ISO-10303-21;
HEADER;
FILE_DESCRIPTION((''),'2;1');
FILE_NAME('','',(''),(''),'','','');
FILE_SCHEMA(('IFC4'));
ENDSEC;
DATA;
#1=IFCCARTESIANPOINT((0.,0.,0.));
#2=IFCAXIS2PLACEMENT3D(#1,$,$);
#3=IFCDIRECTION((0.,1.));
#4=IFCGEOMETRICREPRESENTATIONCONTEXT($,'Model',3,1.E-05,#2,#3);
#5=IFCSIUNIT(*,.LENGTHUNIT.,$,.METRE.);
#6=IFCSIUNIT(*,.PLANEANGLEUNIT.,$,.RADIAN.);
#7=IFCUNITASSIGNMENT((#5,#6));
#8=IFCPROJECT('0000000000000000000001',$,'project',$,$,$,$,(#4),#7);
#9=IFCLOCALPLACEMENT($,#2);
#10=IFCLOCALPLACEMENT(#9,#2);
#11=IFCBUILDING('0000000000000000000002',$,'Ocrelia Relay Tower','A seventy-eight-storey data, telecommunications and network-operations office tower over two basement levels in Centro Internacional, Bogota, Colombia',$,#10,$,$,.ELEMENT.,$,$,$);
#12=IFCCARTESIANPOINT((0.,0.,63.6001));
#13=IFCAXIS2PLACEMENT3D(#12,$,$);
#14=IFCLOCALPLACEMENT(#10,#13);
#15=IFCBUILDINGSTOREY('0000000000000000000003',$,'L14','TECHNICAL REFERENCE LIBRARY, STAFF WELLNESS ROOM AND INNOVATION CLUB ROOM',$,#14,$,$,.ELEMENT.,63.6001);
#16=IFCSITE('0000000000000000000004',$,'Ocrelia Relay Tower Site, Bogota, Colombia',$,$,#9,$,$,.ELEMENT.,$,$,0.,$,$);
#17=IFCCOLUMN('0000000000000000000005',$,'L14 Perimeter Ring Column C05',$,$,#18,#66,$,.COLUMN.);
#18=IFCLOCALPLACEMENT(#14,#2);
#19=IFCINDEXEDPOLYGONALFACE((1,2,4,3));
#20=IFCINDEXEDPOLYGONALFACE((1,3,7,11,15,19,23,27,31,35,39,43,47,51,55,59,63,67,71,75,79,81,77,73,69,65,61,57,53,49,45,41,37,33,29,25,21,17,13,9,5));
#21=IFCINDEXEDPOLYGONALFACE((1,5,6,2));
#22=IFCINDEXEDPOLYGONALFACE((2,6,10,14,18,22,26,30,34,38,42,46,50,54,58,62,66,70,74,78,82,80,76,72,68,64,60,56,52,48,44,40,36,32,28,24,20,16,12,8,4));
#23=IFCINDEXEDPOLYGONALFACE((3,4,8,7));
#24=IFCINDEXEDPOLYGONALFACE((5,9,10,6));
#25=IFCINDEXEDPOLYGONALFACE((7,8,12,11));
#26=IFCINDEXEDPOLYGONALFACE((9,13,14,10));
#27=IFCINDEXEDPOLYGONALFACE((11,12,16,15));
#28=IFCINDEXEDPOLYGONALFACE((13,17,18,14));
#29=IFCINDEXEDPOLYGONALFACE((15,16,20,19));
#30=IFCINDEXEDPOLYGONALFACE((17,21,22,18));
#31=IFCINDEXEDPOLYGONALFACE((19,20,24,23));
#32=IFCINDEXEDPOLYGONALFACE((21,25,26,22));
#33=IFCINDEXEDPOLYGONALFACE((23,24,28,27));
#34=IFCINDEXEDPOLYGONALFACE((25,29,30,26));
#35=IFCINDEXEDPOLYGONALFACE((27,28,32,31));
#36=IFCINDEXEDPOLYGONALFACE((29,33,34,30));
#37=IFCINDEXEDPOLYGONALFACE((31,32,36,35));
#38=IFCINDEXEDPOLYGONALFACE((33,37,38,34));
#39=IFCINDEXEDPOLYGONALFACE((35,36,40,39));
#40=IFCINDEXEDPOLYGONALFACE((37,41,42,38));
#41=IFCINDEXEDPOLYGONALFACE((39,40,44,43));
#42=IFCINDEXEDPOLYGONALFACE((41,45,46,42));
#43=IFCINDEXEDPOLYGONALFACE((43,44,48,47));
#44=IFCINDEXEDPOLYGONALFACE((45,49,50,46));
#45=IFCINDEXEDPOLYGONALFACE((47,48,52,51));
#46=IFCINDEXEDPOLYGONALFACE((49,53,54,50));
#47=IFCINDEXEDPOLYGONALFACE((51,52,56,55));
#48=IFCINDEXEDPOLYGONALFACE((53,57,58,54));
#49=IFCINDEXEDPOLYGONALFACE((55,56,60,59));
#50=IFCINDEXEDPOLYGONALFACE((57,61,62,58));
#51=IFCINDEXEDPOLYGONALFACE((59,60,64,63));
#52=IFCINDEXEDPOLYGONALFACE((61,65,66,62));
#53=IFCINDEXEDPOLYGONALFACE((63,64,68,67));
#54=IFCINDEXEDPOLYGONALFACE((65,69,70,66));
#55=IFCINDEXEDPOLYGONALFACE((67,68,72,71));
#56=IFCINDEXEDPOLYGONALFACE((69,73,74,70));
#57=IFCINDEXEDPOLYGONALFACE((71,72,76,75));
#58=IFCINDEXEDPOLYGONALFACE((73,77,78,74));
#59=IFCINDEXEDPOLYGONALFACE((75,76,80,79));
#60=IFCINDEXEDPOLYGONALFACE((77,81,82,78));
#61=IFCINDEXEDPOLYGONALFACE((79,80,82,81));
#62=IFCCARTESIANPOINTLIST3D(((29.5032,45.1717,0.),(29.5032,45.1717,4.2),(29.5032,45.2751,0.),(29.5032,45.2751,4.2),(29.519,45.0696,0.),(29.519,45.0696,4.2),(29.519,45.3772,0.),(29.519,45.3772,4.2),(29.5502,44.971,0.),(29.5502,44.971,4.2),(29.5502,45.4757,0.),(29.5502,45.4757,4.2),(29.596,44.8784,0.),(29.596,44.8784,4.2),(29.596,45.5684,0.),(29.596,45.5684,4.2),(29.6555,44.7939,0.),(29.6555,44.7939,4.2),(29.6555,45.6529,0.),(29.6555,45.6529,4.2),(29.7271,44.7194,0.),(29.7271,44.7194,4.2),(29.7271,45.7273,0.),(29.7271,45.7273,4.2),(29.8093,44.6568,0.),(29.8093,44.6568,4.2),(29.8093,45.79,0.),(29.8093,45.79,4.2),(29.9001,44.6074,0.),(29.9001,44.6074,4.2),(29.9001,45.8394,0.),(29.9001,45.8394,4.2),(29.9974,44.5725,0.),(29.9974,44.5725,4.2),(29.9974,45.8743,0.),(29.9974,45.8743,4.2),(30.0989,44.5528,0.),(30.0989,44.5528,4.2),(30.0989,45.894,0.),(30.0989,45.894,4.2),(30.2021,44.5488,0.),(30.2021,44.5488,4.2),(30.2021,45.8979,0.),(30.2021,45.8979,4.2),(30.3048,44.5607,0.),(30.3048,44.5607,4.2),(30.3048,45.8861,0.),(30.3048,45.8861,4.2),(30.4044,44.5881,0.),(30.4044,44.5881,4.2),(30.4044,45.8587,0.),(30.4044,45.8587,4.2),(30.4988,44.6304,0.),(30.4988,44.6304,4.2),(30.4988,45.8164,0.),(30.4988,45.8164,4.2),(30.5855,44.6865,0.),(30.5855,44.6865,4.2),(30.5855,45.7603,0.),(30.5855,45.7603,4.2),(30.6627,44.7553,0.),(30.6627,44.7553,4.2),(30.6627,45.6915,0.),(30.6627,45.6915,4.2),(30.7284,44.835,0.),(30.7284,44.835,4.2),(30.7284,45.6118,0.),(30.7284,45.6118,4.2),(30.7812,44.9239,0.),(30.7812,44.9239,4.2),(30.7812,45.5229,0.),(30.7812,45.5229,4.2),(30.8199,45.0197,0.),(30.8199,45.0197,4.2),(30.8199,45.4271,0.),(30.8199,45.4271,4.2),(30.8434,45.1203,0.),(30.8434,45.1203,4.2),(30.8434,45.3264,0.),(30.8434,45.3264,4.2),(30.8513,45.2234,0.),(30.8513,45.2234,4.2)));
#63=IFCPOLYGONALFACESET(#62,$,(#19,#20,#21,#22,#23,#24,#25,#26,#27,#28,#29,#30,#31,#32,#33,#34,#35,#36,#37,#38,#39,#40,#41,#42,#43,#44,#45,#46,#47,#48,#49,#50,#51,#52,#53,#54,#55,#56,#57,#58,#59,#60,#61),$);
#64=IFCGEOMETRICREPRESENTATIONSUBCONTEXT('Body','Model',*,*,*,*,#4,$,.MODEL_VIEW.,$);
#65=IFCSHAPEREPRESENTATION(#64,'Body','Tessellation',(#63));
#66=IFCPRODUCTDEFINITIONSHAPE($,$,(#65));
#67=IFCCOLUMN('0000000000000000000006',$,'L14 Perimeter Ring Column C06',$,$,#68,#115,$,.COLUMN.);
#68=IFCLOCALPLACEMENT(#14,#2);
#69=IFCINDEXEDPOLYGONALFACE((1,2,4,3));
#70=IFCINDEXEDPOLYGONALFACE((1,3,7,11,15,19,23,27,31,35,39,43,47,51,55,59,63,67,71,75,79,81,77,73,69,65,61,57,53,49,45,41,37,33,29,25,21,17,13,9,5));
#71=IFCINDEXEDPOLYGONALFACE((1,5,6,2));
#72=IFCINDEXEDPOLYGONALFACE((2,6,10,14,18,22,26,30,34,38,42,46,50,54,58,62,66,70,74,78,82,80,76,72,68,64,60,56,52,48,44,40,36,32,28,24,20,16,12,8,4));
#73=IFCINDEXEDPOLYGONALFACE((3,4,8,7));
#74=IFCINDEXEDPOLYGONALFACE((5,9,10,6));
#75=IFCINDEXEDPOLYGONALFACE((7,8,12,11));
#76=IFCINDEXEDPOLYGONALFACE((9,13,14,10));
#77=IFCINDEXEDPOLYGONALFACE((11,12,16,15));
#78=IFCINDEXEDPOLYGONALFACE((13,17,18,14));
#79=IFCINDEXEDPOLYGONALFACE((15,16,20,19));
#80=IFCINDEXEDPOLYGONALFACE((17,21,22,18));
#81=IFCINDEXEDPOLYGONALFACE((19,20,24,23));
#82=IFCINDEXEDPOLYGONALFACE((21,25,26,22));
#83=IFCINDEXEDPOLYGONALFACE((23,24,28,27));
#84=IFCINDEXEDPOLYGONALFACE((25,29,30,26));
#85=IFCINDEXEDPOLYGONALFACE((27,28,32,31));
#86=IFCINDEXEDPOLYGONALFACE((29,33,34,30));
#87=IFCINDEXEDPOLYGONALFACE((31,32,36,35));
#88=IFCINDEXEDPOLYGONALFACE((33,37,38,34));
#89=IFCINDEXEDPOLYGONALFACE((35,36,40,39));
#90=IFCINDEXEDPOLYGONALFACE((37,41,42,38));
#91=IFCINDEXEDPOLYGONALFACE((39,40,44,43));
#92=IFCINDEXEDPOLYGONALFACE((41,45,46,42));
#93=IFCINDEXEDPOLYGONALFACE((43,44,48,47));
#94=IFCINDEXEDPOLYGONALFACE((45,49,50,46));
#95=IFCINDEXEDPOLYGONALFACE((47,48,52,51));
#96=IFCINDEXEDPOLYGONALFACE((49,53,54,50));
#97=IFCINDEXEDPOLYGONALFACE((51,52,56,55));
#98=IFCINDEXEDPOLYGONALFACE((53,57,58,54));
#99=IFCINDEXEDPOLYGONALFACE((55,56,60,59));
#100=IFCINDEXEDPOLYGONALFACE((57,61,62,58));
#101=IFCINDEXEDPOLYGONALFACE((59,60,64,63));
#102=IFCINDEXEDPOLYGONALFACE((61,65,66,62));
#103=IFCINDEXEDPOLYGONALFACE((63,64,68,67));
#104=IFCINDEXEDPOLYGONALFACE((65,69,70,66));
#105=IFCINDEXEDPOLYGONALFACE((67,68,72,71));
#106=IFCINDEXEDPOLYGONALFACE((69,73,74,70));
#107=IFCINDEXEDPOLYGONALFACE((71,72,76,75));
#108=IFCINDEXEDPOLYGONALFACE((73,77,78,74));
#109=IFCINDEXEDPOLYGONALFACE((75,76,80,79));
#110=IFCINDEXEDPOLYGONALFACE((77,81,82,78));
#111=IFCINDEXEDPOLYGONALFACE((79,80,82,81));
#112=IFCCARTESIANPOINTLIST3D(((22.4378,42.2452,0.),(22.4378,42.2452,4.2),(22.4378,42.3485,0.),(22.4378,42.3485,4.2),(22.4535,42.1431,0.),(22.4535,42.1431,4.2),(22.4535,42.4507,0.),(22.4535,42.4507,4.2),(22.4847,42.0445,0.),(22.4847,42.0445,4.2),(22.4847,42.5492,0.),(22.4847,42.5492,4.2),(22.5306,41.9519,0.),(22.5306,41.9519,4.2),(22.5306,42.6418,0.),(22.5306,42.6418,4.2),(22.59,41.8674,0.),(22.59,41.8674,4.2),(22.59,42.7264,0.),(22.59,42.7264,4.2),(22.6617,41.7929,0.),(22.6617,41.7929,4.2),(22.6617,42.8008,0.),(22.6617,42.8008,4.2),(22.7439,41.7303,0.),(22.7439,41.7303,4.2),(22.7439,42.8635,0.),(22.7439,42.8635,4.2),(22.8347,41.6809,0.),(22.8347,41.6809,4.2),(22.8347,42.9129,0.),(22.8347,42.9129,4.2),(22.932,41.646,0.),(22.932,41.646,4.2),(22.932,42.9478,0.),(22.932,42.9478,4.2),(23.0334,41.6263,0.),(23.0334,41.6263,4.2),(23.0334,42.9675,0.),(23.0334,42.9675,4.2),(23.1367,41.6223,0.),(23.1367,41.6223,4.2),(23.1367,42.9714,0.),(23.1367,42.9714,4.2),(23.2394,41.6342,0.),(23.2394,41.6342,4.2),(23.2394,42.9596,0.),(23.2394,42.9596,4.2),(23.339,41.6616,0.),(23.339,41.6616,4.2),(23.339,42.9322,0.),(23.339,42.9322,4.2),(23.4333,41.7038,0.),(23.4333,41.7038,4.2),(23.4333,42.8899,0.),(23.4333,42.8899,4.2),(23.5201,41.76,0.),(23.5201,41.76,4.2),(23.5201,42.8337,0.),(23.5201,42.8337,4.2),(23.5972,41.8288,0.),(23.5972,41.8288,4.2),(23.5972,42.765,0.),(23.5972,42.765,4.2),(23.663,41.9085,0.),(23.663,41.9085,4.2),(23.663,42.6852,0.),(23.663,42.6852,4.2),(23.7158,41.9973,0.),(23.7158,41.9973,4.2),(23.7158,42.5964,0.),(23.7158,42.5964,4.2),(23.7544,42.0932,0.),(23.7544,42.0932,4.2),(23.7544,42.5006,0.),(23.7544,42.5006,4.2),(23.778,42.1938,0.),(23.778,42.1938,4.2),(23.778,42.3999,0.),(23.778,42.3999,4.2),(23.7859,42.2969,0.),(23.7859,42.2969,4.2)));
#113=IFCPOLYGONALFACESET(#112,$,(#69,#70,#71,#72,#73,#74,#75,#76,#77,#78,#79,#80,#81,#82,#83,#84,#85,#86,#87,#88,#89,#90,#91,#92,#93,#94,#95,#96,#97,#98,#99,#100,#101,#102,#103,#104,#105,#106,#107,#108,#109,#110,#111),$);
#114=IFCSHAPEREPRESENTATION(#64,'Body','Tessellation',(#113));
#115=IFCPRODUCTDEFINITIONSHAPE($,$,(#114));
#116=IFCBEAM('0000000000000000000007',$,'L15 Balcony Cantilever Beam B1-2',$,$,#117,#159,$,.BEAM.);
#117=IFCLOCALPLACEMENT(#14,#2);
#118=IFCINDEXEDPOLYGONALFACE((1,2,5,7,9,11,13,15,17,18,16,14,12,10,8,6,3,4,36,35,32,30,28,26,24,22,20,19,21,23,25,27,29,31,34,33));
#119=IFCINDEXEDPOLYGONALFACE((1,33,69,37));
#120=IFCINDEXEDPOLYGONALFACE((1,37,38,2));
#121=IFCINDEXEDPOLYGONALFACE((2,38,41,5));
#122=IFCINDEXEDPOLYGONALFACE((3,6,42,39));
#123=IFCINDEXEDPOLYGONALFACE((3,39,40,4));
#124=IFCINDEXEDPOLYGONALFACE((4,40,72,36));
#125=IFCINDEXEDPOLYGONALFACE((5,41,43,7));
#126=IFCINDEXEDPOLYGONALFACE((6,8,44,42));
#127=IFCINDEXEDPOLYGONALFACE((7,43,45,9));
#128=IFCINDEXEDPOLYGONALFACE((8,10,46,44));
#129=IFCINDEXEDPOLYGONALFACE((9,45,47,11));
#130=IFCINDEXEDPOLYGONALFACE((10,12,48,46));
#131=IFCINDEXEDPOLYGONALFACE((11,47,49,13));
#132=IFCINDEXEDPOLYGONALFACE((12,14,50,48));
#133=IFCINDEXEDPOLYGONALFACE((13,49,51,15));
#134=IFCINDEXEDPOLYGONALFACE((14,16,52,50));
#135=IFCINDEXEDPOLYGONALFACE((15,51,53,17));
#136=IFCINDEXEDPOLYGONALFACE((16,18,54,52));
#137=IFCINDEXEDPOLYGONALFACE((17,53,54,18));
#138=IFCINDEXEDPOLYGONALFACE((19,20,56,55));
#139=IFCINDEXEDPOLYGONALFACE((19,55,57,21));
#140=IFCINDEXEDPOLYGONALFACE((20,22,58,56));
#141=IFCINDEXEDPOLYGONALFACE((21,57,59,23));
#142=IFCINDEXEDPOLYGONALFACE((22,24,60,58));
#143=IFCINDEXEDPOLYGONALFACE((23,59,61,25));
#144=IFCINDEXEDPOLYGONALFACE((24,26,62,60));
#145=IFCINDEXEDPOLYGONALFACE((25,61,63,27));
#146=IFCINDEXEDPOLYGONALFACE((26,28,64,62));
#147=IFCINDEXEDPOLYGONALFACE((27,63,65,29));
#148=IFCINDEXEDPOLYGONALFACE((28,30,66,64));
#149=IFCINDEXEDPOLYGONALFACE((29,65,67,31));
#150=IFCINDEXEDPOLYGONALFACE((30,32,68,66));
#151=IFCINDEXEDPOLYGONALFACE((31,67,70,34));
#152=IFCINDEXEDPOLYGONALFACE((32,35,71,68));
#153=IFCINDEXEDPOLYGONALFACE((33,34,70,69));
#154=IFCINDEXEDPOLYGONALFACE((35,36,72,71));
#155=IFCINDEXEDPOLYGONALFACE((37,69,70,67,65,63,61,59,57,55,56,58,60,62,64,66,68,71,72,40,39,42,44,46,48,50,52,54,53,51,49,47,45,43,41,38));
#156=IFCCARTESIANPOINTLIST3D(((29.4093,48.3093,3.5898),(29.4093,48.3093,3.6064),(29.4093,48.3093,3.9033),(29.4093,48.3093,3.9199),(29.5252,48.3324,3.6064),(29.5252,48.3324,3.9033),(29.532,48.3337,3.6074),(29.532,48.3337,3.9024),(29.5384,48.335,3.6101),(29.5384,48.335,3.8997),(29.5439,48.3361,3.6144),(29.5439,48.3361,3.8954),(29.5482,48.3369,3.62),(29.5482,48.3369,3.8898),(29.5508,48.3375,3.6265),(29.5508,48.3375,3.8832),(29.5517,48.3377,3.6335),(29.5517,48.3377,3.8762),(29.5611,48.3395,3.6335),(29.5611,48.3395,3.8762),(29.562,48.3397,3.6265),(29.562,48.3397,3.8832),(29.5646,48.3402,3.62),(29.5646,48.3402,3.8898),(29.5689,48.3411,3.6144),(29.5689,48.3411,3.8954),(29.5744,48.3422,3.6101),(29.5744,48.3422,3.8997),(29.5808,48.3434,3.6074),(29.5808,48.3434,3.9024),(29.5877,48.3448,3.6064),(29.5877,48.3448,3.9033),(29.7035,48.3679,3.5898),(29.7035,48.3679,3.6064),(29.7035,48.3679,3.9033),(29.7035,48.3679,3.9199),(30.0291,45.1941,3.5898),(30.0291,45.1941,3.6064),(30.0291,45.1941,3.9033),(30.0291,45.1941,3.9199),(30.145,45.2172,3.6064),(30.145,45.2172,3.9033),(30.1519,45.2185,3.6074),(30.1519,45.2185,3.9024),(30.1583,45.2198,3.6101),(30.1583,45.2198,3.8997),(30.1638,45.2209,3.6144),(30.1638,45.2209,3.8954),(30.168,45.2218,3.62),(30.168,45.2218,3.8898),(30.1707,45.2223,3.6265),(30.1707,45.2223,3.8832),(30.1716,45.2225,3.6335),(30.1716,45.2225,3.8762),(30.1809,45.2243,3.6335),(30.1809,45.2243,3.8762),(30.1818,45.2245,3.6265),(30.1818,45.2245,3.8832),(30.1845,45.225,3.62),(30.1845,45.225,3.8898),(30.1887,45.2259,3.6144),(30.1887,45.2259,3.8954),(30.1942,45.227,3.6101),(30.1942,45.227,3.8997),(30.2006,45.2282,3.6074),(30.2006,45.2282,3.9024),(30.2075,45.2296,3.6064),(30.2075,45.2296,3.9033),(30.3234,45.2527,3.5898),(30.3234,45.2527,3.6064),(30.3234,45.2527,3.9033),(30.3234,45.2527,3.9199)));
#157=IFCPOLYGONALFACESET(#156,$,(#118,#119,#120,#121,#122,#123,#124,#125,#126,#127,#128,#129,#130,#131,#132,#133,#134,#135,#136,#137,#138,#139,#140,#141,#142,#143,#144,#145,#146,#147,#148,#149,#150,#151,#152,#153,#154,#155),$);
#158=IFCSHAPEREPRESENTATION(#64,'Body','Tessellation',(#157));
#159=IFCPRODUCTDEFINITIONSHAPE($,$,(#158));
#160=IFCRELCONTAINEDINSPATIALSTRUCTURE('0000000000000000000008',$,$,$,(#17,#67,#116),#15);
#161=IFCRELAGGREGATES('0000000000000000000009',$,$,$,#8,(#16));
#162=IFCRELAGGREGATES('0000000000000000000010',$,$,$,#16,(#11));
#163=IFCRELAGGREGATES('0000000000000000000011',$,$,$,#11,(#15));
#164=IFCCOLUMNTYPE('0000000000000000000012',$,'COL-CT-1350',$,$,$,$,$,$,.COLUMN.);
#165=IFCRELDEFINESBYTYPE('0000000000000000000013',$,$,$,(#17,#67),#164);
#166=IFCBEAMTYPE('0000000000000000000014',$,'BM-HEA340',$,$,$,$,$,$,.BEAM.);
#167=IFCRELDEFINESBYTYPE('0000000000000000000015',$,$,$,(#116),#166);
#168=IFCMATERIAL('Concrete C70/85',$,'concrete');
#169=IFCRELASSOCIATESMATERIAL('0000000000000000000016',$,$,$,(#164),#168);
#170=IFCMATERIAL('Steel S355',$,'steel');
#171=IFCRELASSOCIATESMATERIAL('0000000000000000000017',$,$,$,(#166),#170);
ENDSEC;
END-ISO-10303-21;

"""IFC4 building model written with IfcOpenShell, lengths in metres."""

from ifc_helpers import new_model, si_unit, direction, frame, origin, origin_2d, place, context, subcontext, project, spatial, circle, i_section, extrude, material, material_profile, profile_set, type_object, element, save


model = new_model("IFC4")

# Units and contexts
model_context = context("Model", 3, precision=1e-05, world=origin(), true_north=direction((0.0, 1.0)))
body_context = subcontext(model_context, "Body", "Model", "MODEL_VIEW")
ifc_project = project(units=[si_unit("LENGTHUNIT", "METRE"), si_unit("PLANEANGLEUNIT", "RADIAN")], contexts=[model_context])

# Site, building, storey
site_placement = place(None, origin())
site = spatial("IfcSite", under=ifc_project, at=site_placement, Name="Ocrelia Relay Tower Site, Bogota, Colombia", CompositionType="ELEMENT", RefElevation=0.0)
building_placement = place(site_placement, origin())
building = spatial("IfcBuilding", under=site, at=building_placement, Name="Ocrelia Relay Tower", Description="A seventy-eight-storey data, telecommunications and network-operations office tower over two basement levels in Centro Internacional, Bogota, Colombia", CompositionType="ELEMENT")
storey_placement = place(building_placement, frame((0.0, 0.0, 63.6001)))
storey = spatial("IfcBuildingStorey", under=building, at=storey_placement, Name="L14", Description="TECHNICAL REFERENCE LIBRARY, STAFF WELLNESS ROOM AND INNOVATION CLUB ROOM", CompositionType="ELEMENT", Elevation=63.6001)

# Columns
ifc_material_1 = material(Name="Concrete C70/85", Category="concrete")
ifc_material_profile_1 = material_profile(ifc_material_1, circle(Radius=0.675, at=origin_2d()), Name="RC-CIR-1350")
ifc_profile_set_1 = profile_set([ifc_material_profile_1], Name="Concrete C70/85")
column_type = type_object("IfcColumnType", Name="COL-CT-1350", PredefinedType="COLUMN", material=ifc_profile_set_1)
for number, where, z_axis, x_axis, name in (
    (1, (30.1763, 45.2234, 0.0), (0.0, 0.0, 1.0), (1.0, 0.0, 0.0), "L14 Perimeter Ring Column C05"),
    (2, (23.1108, 42.2969, 0.0), (0.0, 0.0, 1.0), (1.0, 0.0, 0.0), "L14 Perimeter Ring Column C06"),
):
    element("IfcColumn", number, at=place(storey_placement, frame(where, z_axis=z_axis, x_axis=x_axis)), inside=storey, type_object=column_type, Name=name, PredefinedType="COLUMN", context=body_context, shape_type="SweptSolid", body=[
        extrude(circle(Radius=0.675, at=origin_2d()), origin(), (0.0, 0.0, 1.0), 4.2),
    ])

# Beam
ifc_material_2 = material(Name="Steel S355", Category="steel")
ifc_material_profile_2 = material_profile(ifc_material_2, i_section(OverallWidth=0.3, OverallDepth=0.3301, WebThickness=0.0095, FlangeThickness=0.0166, FilletRadius=0.0271, at=origin_2d()), Name="HEA 340")
ifc_profile_set_2 = profile_set([ifc_material_profile_2], Name="Steel S355")
beam_type_1 = type_object("IfcBeamType", Name="BM-HEA340", PredefinedType="BEAM", material=ifc_profile_set_2)
beam_1_placement = place(storey_placement, frame((30.1763, 45.2234, 3.7549), z_axis=(-0.195155, 0.980772, 0.0), x_axis=(-0.980772, -0.195155, 0.0)))
element("IfcBeam", 3, at=beam_1_placement, inside=storey, type_object=beam_type_1, Name="L15 Balcony Cantilever Beam B1-2", PredefinedType="BEAM", context=body_context, shape_type="SweptSolid", body=[
    extrude(i_section(OverallWidth=0.3, OverallDepth=0.3301, WebThickness=0.0095, FlangeThickness=0.0166, FilletRadius=0.0271, at=origin_2d()), origin(), (0.0, 0.0, 1.0), 3.1763),
])

save(model, "model.ifc")
